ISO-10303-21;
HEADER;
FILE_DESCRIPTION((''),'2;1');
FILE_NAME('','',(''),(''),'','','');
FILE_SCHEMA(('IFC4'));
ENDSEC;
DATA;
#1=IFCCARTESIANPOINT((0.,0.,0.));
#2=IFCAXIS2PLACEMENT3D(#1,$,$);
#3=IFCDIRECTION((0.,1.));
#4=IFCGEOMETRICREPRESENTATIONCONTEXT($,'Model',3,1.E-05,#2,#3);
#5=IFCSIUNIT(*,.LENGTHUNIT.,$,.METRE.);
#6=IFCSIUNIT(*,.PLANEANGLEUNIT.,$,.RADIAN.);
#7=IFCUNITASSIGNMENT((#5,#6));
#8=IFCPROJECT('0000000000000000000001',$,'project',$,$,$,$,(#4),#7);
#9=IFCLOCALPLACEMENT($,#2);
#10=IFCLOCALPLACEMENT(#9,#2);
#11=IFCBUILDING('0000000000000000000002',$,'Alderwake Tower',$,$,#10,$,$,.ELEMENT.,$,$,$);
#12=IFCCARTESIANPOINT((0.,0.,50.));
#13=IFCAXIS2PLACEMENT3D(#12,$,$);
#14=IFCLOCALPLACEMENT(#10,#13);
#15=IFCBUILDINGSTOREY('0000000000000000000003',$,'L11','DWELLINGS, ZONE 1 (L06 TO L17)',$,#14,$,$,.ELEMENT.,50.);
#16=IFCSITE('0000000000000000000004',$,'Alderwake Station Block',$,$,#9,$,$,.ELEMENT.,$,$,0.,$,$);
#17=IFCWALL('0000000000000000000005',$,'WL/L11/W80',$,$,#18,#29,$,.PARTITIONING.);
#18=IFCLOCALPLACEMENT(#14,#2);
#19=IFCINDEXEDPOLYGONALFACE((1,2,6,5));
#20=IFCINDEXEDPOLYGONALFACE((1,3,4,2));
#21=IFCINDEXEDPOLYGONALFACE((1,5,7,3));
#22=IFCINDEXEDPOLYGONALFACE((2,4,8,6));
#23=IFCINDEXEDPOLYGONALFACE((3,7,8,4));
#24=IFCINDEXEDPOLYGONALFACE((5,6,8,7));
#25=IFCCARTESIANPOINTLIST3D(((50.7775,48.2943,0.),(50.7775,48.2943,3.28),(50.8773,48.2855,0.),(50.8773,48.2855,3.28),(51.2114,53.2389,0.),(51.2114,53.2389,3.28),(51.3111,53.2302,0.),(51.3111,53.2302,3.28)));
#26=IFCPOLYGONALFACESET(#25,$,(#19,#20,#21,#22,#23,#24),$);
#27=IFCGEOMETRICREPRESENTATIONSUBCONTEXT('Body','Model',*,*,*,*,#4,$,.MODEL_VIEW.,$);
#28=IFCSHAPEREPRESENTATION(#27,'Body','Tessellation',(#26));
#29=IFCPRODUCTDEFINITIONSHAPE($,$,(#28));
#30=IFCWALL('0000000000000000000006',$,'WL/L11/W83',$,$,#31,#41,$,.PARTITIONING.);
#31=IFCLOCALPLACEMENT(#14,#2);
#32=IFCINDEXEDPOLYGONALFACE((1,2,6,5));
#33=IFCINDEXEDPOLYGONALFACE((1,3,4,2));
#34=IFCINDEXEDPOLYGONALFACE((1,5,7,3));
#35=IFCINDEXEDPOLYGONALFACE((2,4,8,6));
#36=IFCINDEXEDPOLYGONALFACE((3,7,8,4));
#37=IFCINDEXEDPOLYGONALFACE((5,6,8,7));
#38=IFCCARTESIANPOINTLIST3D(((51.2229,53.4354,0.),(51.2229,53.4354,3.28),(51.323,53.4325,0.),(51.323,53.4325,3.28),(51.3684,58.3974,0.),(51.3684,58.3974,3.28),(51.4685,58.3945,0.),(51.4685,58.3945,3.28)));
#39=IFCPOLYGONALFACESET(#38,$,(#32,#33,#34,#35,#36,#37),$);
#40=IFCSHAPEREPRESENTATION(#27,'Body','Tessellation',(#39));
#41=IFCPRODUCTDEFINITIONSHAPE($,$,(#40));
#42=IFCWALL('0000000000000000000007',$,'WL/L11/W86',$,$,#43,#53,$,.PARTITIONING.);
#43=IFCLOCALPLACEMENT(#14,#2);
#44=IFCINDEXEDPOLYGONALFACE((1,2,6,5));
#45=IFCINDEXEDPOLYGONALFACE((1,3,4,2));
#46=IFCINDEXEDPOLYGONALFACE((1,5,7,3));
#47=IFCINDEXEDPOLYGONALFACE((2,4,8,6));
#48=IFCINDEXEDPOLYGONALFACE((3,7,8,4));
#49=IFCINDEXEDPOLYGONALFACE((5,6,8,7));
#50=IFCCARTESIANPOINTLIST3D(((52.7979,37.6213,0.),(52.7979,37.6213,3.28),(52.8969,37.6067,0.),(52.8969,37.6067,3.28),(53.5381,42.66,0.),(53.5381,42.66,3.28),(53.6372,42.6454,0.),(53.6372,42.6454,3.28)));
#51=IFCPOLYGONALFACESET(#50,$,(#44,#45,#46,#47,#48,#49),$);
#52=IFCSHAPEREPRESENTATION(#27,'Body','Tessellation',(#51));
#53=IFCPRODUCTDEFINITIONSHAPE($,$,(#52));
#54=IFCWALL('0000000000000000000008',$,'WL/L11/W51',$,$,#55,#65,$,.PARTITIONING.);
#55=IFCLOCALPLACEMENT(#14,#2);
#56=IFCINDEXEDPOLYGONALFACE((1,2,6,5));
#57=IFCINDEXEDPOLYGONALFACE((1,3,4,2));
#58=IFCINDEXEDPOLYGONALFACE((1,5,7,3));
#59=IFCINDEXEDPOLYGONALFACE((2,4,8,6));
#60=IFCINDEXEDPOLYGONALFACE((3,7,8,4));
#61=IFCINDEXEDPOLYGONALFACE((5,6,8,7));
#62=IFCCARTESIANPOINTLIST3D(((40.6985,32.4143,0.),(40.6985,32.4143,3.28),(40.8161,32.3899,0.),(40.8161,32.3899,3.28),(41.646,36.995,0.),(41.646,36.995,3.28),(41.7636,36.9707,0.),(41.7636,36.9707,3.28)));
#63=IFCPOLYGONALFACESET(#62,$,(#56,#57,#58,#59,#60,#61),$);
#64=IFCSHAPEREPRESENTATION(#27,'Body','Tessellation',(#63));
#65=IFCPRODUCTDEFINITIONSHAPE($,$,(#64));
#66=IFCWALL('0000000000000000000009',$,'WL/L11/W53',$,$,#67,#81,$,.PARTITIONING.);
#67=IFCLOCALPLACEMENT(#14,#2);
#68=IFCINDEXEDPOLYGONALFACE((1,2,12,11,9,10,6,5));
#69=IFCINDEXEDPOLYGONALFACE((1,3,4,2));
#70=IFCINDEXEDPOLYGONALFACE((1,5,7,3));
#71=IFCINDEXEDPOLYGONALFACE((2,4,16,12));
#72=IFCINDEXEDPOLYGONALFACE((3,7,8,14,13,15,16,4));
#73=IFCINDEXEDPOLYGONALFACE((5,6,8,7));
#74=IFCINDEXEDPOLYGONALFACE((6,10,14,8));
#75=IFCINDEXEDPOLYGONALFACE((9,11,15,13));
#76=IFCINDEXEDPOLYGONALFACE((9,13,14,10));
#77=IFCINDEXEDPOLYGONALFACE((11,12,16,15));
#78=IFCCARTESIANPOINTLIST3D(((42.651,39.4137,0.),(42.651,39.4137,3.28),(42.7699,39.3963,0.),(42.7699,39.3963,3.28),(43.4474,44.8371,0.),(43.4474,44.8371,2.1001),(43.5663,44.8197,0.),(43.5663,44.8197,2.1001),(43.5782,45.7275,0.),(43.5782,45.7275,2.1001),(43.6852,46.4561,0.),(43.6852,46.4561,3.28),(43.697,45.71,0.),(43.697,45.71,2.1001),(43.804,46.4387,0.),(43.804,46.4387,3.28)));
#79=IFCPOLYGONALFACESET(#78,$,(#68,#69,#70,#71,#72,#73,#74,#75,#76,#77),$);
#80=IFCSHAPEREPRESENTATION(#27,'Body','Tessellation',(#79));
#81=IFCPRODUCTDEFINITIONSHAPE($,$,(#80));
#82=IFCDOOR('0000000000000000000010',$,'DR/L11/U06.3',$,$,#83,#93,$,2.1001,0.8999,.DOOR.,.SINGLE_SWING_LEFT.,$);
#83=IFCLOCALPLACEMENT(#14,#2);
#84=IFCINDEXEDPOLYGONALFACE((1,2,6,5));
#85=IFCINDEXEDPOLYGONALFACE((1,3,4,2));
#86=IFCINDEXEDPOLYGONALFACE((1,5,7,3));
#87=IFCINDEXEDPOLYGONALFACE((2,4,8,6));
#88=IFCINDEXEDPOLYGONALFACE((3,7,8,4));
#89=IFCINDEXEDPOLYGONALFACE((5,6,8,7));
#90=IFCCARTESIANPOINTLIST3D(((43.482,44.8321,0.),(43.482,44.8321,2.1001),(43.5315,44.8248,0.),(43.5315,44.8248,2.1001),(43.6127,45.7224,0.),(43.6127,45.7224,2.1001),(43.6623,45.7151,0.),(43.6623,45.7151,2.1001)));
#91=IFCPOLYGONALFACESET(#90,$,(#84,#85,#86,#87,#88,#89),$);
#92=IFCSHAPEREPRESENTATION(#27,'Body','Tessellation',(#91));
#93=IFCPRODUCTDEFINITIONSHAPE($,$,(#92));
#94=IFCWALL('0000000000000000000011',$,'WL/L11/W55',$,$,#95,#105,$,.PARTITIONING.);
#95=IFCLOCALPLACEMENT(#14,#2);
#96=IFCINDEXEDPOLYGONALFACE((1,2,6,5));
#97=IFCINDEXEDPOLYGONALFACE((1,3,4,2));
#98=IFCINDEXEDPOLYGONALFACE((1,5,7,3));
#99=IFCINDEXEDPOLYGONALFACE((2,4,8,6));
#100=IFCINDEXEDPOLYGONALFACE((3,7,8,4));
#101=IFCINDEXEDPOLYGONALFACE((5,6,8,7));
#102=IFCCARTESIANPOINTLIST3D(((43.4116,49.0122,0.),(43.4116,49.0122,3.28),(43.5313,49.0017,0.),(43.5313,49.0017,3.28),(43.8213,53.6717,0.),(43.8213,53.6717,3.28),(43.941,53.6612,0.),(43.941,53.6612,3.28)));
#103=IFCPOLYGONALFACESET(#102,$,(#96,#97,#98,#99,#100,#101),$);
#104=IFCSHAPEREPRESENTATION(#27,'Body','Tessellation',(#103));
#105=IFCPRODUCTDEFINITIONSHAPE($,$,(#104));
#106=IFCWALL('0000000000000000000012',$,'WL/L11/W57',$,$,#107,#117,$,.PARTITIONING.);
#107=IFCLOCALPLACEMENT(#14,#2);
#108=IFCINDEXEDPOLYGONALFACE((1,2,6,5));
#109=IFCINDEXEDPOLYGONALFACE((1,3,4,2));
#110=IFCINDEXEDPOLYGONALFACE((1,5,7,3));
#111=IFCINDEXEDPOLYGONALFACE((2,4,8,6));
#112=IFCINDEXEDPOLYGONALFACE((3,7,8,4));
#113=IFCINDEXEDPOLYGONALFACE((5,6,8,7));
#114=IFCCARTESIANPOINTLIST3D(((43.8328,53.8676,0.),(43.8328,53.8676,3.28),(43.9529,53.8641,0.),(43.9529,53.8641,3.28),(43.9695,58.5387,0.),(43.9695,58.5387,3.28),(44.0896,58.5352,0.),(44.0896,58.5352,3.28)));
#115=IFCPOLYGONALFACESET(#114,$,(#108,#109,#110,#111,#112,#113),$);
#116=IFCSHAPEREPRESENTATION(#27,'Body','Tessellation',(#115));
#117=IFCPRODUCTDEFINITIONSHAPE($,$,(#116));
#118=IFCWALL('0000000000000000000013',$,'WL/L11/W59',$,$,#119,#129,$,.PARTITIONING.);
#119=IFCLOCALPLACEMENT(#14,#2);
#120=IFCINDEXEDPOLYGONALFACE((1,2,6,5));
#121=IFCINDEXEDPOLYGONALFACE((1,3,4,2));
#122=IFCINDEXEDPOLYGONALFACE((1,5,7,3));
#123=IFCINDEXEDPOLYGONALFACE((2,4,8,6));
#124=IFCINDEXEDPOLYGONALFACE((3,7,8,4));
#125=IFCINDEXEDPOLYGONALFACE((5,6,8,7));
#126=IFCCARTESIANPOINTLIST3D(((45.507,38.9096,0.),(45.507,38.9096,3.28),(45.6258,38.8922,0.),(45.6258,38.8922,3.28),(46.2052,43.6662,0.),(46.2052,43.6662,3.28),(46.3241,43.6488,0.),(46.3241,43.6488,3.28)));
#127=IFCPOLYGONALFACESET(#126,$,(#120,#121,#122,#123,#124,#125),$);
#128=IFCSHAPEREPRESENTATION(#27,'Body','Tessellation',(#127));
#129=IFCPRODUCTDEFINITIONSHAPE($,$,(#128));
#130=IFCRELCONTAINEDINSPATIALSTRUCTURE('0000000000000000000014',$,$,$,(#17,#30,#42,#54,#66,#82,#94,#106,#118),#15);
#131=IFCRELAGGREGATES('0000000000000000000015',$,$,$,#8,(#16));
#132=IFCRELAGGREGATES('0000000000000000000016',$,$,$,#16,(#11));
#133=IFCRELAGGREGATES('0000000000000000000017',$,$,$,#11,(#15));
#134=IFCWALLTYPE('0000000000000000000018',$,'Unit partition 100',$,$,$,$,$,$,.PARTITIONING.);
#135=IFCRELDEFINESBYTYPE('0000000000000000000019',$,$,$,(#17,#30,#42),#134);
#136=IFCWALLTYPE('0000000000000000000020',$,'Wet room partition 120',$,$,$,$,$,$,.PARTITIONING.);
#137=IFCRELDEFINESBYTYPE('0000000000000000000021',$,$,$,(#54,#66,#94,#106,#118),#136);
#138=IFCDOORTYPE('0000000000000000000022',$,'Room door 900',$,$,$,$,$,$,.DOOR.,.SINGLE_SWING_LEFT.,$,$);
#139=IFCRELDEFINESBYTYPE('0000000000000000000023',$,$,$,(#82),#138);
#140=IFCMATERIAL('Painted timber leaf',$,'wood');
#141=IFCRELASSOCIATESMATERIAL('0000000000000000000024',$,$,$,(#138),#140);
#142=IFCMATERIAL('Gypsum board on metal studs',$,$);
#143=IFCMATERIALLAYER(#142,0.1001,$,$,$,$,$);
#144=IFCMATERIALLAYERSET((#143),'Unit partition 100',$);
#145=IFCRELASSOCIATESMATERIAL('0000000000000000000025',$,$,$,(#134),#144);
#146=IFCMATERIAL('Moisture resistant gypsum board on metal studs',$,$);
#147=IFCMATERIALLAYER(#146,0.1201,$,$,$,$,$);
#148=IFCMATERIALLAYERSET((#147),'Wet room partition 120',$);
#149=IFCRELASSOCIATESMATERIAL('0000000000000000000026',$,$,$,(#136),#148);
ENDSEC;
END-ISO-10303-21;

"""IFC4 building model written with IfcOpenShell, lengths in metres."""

from ifc_helpers import new_model, si_unit, direction, frame, frame_2d, origin, place, context, subcontext, project, spatial, rectangle, extrude, material, layer, layer_set, type_object, element, fill, save


model = new_model("IFC4")

# Units and contexts
model_context = context("Model", 3, precision=1e-05, world=origin(), true_north=direction((0.0, 1.0)))
body_context = subcontext(model_context, "Body", "Model", "MODEL_VIEW")
ifc_project = project(units=[si_unit("LENGTHUNIT", "METRE"), si_unit("PLANEANGLEUNIT", "RADIAN")], contexts=[model_context])

# Site, building, storey
site_placement = place(None, origin())
site = spatial("IfcSite", under=ifc_project, at=site_placement, Name="Alderwake Station Block", CompositionType="ELEMENT", RefElevation=0.0)
building_placement = place(site_placement, origin())
building = spatial("IfcBuilding", under=site, at=building_placement, Name="Alderwake Tower", CompositionType="ELEMENT")
storey_placement = place(building_placement, frame((0.0, 0.0, 50.0)))
storey = spatial("IfcBuildingStorey", under=building, at=storey_placement, Name="L11", Description="DWELLINGS, ZONE 1 (L06 TO L17)", CompositionType="ELEMENT", Elevation=50.0)

# Shared definitions
ifc_material_1 = material(Name="Painted timber leaf", Category="wood")
door_type_1 = type_object("IfcDoorType", Name="Room door 900", OperationType="SINGLE_SWING_LEFT", PredefinedType="DOOR", material=ifc_material_1)

# Shared definitions
ifc_material_2 = material(Name="Gypsum board on metal studs")
ifc_layer_1 = layer(ifc_material_2, 0.1001)
ifc_layer_set_1 = layer_set([ifc_layer_1], Name="Unit partition 100")
wall_type_1 = type_object("IfcWallType", Name="Unit partition 100", PredefinedType="PARTITIONING", material=ifc_layer_set_1)

# Walls
wall_1_placement = place(storey_placement, frame((50.8274, 48.2898, 0.0), z_axis=(0.0, 0.0, 1.0), x_axis=(0.087404, 0.996173, 0.0)))
element("IfcWall", 1, at=wall_1_placement, inside=storey, type_object=wall_type_1, Name="WL/L11/W80", PredefinedType="PARTITIONING", context=body_context, shape_type="SweptSolid", body=[
    extrude(rectangle(XDim=4.9636, YDim=0.1001, at=frame_2d((2.4819, 0.0))), origin(), (0.0, 0.0, 1.0), 3.28),
])
wall_2_placement = place(storey_placement, frame((51.2729, 53.4341, 0.0), z_axis=(0.0, 0.0, 1.0), x_axis=(0.029312, 0.99957, 0.0)))
element("IfcWall", 2, at=wall_2_placement, inside=storey, type_object=wall_type_1, Name="WL/L11/W83", PredefinedType="PARTITIONING", context=body_context, shape_type="SweptSolid", body=[
    extrude(rectangle(XDim=4.9641, YDim=0.1001, at=frame_2d((2.4819, 0.0))), origin(), (0.0, 0.0, 1.0), 3.28),
])
wall_3_placement = place(storey_placement, frame((52.8474, 37.614, 0.0), z_axis=(0.0, 0.0, 1.0), x_axis=(0.145353, 0.98938, 0.0)))
element("IfcWall", 3, at=wall_3_placement, inside=storey, type_object=wall_type_1, Name="WL/L11/W86", PredefinedType="PARTITIONING", context=body_context, shape_type="SweptSolid", body=[
    extrude(rectangle(XDim=5.0928, YDim=0.1001, at=frame_2d((2.5464, 0.0))), origin(), (0.0, 0.0, 1.0), 3.28),
])
ifc_material_3 = material(Name="Moisture resistant gypsum board on metal studs")
ifc_layer_2 = layer(ifc_material_3, 0.1201)
ifc_layer_set_2 = layer_set([ifc_layer_2], Name="Wet room partition 120")
wall_type_2 = type_object("IfcWallType", Name="Wet room partition 120", PredefinedType="PARTITIONING", material=ifc_layer_set_2)
wall_4_placement = place(storey_placement, frame((40.7573, 32.4021, 0.0), z_axis=(0.0, 0.0, 1.0), x_axis=(0.202556, 0.979271, 0.0)))
element("IfcWall", 4, at=wall_4_placement, inside=storey, type_object=wall_type_2, Name="WL/L11/W51", PredefinedType="PARTITIONING", context=body_context, shape_type="SweptSolid", body=[
    extrude(rectangle(XDim=4.6777, YDim=0.1201, at=frame_2d((2.3389, 0.0))), origin(), (0.0, 0.0, 1.0), 3.28),
])

# Wall, opening, door
wall_5_placement = place(storey_placement, frame((43.7446, 46.4475, 0.0), z_axis=(0.0, 0.0, 1.0), x_axis=(-0.145291, -0.989389, 0.0)))
wall_5 = element("IfcWall", 5, at=wall_5_placement, inside=storey, type_object=wall_type_2, Name="WL/L11/W53", PredefinedType="PARTITIONING", context=body_context, shape_type="SweptSolid", body=[
    extrude(rectangle(XDim=7.1179, YDim=0.1201, at=frame_2d((3.5591, 0.0))), origin(), (0.0, 0.0, 1.0), 3.28),
])
opening_1_placement = place(wall_5_placement, frame((0.7366, 0.0, 0.0)))
opening_1 = element("IfcOpeningElement", 6, at=opening_1_placement, cuts=wall_5, PredefinedType="OPENING", context=body_context, shape_type="SweptSolid", body=[
    extrude(rectangle(XDim=0.8999, YDim=2.1001, at=frame_2d((0.45, 1.05))), frame((0.0, 0.0701, 0.0), z_axis=(0.0, -1.0, 0.0), x_axis=(1.0, 0.0, 0.0)), (0.0, 0.0, 1.0), 0.1401),
])
door_1_placement = place(opening_1_placement, origin())
door_1 = element("IfcDoor", 7, at=door_1_placement, inside=storey, type_object=door_type_1, Name="DR/L11/U06.3", OperationType="SINGLE_SWING_LEFT", OverallHeight=2.1001, OverallWidth=0.8999, PredefinedType="DOOR", context=body_context, shape_type="SweptSolid", body=[
    extrude(rectangle(XDim=0.8999, YDim=2.1001, at=frame_2d((0.45, 1.05))), frame((0.0, 0.0249, 0.0), z_axis=(0.0, -1.0, 0.0), x_axis=(1.0, 0.0, 0.0)), (0.0, 0.0, 1.0), 0.05),
])
fill(opening_1, door_1)

# Walls
wall_6_placement = place(storey_placement, frame((43.4714, 49.0068, 0.0), z_axis=(0.0, 0.0, 1.0), x_axis=(0.087585, 0.996157, 0.0)))
element("IfcWall", 8, at=wall_6_placement, inside=storey, type_object=wall_type_2, Name="WL/L11/W55", PredefinedType="PARTITIONING", context=body_context, shape_type="SweptSolid", body=[
    extrude(rectangle(XDim=4.6775, YDim=0.1201, at=frame_2d((2.3389, 0.0))), origin(), (0.0, 0.0, 1.0), 3.28),
])
wall_7_placement = place(storey_placement, frame((43.8928, 53.866, 0.0), z_axis=(0.0, 0.0, 1.0), x_axis=(0.029256, 0.999572, 0.0)))
element("IfcWall", 9, at=wall_7_placement, inside=storey, type_object=wall_type_2, Name="WL/L11/W57", PredefinedType="PARTITIONING", context=body_context, shape_type="SweptSolid", body=[
    extrude(rectangle(XDim=4.6731, YDim=0.1201, at=frame_2d((2.3364, 0.0))), origin(), (0.0, 0.0, 1.0), 3.28),
])
wall_8_placement = place(storey_placement, frame((45.5664, 38.9009, 0.0), z_axis=(0.0, 0.0, 1.0), x_axis=(0.145238, 0.989397, 0.0)))
element("IfcWall", 10, at=wall_8_placement, inside=storey, type_object=wall_type_2, Name="WL/L11/W59", PredefinedType="PARTITIONING", context=body_context, shape_type="SweptSolid", body=[
    extrude(rectangle(XDim=4.8076, YDim=0.1201, at=frame_2d((2.4038, 0.0))), origin(), (0.0, 0.0, 1.0), 3.28),
])

save(model, "model.ifc")
